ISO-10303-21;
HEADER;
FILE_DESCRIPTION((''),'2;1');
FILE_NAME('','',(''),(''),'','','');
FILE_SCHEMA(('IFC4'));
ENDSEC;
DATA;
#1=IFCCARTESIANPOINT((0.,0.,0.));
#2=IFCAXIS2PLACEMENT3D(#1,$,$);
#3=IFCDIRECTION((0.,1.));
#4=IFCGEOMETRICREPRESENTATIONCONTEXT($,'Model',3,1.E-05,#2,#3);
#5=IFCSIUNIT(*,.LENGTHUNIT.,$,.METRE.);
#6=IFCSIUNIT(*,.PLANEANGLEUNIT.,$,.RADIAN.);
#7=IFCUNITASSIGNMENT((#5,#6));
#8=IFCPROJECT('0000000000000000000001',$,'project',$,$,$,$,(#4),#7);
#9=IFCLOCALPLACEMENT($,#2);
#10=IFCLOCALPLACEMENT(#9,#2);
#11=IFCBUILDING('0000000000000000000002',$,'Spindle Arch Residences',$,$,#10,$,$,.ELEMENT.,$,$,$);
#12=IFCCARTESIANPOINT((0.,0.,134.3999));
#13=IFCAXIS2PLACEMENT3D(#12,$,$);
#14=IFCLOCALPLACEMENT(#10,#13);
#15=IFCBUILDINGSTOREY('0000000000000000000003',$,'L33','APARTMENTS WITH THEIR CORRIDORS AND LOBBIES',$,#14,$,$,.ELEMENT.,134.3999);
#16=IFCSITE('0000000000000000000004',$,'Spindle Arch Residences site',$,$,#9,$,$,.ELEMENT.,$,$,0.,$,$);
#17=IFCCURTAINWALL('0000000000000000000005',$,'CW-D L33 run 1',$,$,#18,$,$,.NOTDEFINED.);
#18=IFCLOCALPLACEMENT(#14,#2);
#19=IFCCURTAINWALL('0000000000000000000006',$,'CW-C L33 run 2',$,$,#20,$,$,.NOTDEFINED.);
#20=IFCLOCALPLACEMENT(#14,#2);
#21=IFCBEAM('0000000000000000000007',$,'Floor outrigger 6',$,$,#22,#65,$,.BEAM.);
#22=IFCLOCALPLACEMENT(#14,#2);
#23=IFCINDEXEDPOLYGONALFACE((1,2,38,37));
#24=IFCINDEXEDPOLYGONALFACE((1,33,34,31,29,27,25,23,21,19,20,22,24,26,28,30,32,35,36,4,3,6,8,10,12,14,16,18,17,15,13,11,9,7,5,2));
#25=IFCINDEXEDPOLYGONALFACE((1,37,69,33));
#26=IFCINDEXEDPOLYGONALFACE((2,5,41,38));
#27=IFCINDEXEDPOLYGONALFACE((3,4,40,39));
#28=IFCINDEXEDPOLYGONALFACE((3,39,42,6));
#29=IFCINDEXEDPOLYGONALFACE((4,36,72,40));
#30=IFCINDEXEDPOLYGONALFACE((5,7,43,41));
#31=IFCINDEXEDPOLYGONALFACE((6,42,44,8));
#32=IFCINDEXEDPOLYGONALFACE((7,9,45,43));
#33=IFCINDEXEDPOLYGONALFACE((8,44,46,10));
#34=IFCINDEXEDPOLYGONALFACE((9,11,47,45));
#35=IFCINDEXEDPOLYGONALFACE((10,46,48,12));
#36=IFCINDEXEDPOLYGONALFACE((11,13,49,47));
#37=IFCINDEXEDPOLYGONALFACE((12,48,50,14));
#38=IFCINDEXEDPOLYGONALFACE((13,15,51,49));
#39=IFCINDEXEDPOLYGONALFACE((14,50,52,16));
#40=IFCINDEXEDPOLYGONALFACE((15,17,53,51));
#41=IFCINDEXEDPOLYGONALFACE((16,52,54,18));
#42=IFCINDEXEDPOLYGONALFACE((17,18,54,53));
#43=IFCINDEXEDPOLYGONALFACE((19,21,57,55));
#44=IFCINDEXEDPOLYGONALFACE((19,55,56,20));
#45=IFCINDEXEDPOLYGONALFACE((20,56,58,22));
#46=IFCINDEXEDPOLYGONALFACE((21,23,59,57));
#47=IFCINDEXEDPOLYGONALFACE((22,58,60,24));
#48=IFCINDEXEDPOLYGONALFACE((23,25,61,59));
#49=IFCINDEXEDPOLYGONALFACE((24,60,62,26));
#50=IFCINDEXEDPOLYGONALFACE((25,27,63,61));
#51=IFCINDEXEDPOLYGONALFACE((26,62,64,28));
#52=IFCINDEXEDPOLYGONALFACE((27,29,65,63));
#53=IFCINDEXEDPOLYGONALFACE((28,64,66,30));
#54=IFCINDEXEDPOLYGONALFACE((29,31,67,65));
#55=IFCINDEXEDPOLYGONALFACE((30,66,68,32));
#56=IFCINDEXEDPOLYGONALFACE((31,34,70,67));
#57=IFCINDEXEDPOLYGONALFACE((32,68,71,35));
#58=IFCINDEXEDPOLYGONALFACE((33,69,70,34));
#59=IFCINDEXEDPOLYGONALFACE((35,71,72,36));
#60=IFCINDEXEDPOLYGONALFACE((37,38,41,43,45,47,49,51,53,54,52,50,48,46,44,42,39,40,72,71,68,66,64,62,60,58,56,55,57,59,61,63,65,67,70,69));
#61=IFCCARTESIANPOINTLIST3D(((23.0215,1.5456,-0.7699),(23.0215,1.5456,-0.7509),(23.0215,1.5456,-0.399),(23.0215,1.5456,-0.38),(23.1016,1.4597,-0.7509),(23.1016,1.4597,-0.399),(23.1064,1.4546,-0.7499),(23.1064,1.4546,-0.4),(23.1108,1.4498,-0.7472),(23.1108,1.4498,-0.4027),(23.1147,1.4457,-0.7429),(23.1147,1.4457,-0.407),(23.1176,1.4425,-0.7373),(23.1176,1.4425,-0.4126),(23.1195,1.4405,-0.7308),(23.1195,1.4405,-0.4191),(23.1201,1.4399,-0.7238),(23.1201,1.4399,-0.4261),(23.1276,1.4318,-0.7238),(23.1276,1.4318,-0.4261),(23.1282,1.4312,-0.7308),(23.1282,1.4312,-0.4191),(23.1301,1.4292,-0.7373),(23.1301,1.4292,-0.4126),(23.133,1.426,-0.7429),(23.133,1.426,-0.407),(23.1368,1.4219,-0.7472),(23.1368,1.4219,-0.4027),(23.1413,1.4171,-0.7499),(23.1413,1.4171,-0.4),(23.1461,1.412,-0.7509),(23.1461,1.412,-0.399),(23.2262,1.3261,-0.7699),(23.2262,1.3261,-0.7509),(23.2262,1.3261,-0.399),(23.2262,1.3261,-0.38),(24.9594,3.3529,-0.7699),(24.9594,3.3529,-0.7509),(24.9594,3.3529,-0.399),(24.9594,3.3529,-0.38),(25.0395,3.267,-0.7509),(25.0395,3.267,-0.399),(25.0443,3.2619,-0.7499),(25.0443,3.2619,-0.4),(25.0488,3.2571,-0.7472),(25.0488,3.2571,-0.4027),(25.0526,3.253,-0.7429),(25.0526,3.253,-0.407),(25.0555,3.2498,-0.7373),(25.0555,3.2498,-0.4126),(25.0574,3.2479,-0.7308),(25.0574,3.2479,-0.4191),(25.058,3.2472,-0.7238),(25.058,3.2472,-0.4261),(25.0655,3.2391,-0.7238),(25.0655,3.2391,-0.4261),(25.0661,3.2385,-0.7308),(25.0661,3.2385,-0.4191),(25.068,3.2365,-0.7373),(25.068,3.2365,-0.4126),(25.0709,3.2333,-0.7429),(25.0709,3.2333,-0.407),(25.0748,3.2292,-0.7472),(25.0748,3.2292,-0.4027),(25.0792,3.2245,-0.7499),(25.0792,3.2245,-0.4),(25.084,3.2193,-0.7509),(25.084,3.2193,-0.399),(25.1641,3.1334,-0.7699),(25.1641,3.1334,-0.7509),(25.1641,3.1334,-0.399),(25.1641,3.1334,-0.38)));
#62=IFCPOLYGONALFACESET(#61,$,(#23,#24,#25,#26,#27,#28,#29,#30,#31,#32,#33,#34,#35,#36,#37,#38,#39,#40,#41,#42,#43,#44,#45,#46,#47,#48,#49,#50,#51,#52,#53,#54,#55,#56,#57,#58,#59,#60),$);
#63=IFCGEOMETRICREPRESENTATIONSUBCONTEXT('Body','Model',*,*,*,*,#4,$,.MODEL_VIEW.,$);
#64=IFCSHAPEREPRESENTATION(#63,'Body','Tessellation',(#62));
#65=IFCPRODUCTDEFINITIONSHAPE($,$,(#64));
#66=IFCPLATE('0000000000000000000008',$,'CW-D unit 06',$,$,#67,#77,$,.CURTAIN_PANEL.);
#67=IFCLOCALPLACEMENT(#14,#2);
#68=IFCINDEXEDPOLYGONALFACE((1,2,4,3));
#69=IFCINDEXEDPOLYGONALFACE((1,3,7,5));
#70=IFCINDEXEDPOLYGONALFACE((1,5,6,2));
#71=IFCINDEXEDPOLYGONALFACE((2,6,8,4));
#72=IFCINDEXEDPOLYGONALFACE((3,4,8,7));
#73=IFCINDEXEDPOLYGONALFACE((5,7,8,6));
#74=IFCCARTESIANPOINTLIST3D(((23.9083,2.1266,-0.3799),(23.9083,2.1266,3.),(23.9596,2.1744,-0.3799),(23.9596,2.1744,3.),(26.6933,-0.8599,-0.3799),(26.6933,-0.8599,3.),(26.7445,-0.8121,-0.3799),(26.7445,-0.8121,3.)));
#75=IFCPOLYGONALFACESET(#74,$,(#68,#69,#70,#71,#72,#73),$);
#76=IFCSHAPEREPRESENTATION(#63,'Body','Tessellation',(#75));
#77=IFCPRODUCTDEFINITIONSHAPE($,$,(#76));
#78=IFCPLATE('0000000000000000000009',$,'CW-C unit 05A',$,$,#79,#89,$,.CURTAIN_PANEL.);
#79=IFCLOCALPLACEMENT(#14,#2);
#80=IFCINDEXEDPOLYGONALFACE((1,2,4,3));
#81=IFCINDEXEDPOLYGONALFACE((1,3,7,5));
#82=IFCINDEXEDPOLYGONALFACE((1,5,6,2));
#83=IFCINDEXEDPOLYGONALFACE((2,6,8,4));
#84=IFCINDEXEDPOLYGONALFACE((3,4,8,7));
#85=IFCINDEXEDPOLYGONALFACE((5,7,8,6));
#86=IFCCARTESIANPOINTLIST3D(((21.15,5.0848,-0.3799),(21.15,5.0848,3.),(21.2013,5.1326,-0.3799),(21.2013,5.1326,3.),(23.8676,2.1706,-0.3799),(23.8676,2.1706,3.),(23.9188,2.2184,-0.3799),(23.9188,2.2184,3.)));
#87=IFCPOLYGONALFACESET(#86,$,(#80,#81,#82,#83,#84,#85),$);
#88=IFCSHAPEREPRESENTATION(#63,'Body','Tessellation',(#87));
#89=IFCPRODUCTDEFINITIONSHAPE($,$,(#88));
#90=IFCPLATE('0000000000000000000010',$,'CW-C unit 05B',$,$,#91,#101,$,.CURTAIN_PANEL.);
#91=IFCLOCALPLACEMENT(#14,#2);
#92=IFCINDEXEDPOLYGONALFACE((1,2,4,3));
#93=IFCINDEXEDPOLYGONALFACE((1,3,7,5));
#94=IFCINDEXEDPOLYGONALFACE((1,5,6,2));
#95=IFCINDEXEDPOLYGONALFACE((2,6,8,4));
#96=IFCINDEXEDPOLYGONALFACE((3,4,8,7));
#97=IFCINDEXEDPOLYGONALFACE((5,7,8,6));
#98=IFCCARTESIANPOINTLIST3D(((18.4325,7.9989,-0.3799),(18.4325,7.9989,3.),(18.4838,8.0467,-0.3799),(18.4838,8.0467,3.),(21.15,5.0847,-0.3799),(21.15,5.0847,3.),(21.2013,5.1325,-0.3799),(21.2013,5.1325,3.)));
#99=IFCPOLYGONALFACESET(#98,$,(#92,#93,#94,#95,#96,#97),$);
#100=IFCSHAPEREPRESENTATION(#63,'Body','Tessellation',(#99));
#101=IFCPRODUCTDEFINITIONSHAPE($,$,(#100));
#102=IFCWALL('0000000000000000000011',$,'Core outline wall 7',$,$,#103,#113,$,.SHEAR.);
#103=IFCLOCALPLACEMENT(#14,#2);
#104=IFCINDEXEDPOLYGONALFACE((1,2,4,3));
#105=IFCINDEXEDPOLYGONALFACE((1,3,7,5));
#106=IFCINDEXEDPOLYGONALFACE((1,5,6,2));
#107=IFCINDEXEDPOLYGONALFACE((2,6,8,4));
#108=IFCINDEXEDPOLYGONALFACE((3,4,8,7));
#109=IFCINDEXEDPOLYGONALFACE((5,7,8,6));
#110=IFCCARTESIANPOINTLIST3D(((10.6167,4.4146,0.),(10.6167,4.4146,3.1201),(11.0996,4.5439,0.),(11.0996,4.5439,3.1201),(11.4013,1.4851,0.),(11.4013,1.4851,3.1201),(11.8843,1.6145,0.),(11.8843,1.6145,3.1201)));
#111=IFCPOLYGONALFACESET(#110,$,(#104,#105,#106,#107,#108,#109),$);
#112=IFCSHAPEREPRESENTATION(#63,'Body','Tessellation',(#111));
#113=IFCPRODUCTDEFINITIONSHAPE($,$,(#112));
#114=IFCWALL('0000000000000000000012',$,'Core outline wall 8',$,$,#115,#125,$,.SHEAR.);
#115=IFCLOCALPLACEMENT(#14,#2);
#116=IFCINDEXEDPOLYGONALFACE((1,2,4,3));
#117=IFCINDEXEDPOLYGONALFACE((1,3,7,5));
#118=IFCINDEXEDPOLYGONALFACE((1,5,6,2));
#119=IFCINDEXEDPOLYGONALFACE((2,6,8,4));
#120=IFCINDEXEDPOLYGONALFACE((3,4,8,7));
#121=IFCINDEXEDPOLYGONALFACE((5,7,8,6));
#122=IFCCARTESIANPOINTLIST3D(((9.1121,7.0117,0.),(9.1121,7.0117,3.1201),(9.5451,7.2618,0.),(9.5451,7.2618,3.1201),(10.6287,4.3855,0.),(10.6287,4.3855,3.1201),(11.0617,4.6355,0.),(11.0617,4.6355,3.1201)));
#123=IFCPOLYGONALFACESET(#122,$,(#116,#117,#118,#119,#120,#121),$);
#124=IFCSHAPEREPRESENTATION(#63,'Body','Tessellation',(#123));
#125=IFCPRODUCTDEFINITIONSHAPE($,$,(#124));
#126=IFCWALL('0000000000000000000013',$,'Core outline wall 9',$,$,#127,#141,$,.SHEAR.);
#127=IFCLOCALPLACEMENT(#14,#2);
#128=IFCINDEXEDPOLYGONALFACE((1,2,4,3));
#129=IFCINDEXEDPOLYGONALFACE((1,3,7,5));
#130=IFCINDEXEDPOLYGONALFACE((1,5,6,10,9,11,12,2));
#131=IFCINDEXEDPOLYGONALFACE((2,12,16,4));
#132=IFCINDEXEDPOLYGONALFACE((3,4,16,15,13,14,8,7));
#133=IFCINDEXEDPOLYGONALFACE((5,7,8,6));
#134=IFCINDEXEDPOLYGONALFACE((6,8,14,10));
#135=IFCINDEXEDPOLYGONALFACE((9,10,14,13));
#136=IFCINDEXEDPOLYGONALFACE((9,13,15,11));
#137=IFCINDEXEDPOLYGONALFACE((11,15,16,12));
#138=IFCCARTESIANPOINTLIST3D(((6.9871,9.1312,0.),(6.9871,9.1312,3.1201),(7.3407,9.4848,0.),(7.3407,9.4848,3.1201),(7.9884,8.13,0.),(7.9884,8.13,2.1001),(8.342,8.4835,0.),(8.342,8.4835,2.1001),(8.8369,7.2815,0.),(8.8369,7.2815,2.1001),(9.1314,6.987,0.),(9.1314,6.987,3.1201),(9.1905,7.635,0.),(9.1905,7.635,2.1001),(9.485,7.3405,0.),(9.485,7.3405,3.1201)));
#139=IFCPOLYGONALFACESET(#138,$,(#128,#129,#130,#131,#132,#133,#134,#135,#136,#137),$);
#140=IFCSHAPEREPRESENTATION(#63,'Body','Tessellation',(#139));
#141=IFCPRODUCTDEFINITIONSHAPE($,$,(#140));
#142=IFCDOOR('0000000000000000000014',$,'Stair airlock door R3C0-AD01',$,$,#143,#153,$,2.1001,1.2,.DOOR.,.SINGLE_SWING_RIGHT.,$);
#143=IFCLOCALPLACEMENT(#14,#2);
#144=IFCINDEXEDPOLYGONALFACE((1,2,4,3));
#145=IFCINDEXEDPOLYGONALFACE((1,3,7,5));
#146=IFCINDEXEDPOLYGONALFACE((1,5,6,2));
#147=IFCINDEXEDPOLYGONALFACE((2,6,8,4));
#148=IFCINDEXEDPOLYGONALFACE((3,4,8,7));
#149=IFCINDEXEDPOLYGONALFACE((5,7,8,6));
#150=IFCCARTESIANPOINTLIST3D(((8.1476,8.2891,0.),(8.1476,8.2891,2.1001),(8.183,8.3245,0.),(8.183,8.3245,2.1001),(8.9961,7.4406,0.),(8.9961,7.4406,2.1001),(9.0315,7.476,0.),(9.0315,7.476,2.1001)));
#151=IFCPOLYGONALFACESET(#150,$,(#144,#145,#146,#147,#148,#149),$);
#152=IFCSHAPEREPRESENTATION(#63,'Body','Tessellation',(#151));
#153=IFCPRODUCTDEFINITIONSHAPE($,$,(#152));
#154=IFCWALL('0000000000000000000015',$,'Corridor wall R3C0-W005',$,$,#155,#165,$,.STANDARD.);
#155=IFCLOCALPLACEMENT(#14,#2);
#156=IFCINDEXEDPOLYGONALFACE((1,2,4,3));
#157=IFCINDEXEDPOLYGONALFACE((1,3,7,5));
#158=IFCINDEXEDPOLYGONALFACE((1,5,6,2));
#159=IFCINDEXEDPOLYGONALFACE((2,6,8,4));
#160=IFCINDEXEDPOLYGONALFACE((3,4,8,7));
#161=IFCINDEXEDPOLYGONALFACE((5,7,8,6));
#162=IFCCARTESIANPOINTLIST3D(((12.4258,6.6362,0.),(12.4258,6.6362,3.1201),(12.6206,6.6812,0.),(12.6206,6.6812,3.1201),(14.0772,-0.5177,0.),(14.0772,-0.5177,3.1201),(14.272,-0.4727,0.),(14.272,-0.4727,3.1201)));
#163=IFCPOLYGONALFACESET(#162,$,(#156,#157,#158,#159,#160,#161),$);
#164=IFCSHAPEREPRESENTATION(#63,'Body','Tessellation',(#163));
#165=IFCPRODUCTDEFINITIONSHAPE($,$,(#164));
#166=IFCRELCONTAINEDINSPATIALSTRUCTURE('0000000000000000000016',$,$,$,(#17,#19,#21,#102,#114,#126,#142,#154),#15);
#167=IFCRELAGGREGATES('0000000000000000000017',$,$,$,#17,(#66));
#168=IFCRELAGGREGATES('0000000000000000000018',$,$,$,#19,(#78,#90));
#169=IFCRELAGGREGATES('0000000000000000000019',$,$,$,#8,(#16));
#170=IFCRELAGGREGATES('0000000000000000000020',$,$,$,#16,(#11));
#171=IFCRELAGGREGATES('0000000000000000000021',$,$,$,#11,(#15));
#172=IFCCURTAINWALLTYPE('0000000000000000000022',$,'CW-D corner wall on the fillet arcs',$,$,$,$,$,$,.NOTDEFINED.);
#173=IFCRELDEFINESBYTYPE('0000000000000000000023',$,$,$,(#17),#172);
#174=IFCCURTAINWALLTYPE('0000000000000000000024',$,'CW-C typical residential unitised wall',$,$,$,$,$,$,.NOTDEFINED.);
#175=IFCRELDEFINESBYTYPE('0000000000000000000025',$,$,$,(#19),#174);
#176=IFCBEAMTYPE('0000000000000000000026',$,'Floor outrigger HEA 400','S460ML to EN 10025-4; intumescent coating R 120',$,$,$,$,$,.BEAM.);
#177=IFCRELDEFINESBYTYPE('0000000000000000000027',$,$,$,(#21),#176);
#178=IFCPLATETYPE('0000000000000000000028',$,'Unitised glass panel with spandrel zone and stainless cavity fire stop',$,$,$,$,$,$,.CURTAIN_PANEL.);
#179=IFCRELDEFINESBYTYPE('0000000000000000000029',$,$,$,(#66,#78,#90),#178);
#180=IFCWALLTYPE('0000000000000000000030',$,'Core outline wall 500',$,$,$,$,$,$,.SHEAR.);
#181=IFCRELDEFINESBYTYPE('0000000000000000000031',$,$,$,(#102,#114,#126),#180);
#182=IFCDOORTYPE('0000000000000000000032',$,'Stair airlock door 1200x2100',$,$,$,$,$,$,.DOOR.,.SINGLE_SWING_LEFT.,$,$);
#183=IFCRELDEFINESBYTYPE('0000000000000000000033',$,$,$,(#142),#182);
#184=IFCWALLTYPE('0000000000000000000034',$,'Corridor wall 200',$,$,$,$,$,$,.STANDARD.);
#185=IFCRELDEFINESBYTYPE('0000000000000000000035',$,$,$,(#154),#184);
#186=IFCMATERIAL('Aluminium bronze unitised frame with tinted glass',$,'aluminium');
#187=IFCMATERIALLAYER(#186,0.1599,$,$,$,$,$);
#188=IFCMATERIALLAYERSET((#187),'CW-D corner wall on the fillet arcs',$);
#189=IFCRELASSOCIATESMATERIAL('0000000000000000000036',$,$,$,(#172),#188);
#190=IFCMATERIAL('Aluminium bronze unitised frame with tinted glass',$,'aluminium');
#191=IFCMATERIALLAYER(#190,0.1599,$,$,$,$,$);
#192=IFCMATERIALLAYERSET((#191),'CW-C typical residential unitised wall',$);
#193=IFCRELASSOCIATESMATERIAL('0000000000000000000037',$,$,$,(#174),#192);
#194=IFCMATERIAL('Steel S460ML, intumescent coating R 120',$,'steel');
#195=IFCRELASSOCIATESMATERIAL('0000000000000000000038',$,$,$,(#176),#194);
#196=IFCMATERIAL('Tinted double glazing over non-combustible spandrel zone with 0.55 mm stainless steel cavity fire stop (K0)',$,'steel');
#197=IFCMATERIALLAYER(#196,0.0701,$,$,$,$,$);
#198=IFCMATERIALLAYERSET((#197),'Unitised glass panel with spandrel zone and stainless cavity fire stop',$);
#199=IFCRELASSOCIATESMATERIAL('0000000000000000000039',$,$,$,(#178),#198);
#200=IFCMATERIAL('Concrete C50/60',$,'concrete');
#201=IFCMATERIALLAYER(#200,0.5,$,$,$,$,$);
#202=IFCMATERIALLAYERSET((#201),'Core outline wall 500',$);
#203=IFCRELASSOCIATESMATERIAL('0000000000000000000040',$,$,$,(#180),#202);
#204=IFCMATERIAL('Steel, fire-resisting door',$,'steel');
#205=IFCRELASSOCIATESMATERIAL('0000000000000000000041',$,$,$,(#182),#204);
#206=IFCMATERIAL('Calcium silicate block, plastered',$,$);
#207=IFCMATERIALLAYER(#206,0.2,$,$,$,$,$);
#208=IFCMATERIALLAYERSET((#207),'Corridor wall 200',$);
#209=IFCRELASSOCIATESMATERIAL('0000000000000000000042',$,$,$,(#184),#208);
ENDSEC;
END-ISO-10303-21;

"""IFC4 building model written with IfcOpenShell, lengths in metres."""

from ifc_helpers import new_model, si_unit, direction, frame, frame_2d, origin, origin_2d, place, context, subcontext, project, spatial, rectangle, i_section, extrude, material, layer, layer_set, material_profile, profile_set, type_object, element, fill, aggregate, save


model = new_model("IFC4")

# Units and contexts
model_context = context("Model", 3, precision=1e-05, world=origin(), true_north=direction((0.0, 1.0)))
body_context = subcontext(model_context, "Body", "Model", "MODEL_VIEW")
ifc_project = project(units=[si_unit("LENGTHUNIT", "METRE"), si_unit("PLANEANGLEUNIT", "RADIAN")], contexts=[model_context])

# Site, building, storey
site_placement = place(None, origin())
site = spatial("IfcSite", under=ifc_project, at=site_placement, Name="Spindle Arch Residences site", CompositionType="ELEMENT", RefElevation=0.0)
building_placement = place(site_placement, origin())
building = spatial("IfcBuilding", under=site, at=building_placement, Name="Spindle Arch Residences", CompositionType="ELEMENT")
storey_placement = place(building_placement, frame((0.0, 0.0, 134.3999)))
storey = spatial("IfcBuildingStorey", under=building, at=storey_placement, Name="L33", Description="APARTMENTS WITH THEIR CORRIDORS AND LOBBIES", CompositionType="ELEMENT", Elevation=134.3999)

# Curtain walls
ifc_material_1 = material(Name="Aluminium bronze unitised frame with tinted glass", Category="aluminium")
ifc_layer_1 = layer(ifc_material_1, 0.1599)
ifc_layer_set_1 = layer_set([ifc_layer_1], Name="CW-D corner wall on the fillet arcs")
curtain_wall_type_1 = type_object("IfcCurtainWallType", Name="CW-D corner wall on the fillet arcs", PredefinedType="NOTDEFINED", material=ifc_layer_set_1)
curtain_wall_1_placement = place(storey_placement, origin())
curtain_wall_1 = element("IfcCurtainWall", 1, at=curtain_wall_1_placement, inside=storey, type_object=curtain_wall_type_1, Name="CW-D L33 run 1", PredefinedType="NOTDEFINED")
ifc_material_2 = material(Name="Aluminium bronze unitised frame with tinted glass", Category="aluminium")
ifc_layer_2 = layer(ifc_material_2, 0.1599)
ifc_layer_set_2 = layer_set([ifc_layer_2], Name="CW-C typical residential unitised wall")
curtain_wall_type_2 = type_object("IfcCurtainWallType", Name="CW-C typical residential unitised wall", PredefinedType="NOTDEFINED", material=ifc_layer_set_2)
curtain_wall_2_placement = place(storey_placement, origin())
curtain_wall_2 = element("IfcCurtainWall", 2, at=curtain_wall_2_placement, inside=storey, type_object=curtain_wall_type_2, Name="CW-C L33 run 2", PredefinedType="NOTDEFINED")

# Beam
ifc_material_3 = material(Name="Steel S460ML, intumescent coating R 120", Category="steel")
ifc_material_profile_1 = material_profile(ifc_material_3, i_section(OverallWidth=0.3, OverallDepth=0.3899, WebThickness=0.011, FlangeThickness=0.019, FilletRadius=0.0271, at=origin_2d()), Name="HEA 400")
ifc_profile_set_1 = profile_set([ifc_material_profile_1], Name="Steel S460ML, intumescent coating R 120")
beam_type_1 = type_object("IfcBeamType", Name="Floor outrigger HEA 400", Description="S460ML to EN 10025-4; intumescent coating R 120", PredefinedType="BEAM", material=ifc_profile_set_1)
beam_1_placement = place(storey_placement, frame((25.0618, 3.2432, -0.575), z_axis=(-0.731322, -0.682033, 0.0), x_axis=(0.682033, -0.731322, 0.0)))
element("IfcBeam", 3, at=beam_1_placement, inside=storey, type_object=beam_type_1, Name="Floor outrigger 6", PredefinedType="BEAM", context=body_context, shape_type="SweptSolid", body=[
    extrude(i_section(OverallWidth=0.3, OverallDepth=0.3899, WebThickness=0.011, FlangeThickness=0.019, FilletRadius=0.0271, at=origin_2d()), origin(), (0.0, 0.0, 1.0), 2.6499),
])

# Plates
ifc_material_4 = material(Name="Tinted double glazing over non-combustible spandrel zone with 0.55 mm stainless steel cavity fire stop (K0)", Category="steel")
ifc_layer_3 = layer(ifc_material_4, 0.0701)
ifc_layer_set_3 = layer_set([ifc_layer_3], Name="Unitised glass panel with spandrel zone and stainless cavity fire stop")
plate_type = type_object("IfcPlateType", Name="Unitised glass panel with spandrel zone and stainless cavity fire stop", PredefinedType="CURTAIN_PANEL", material=ifc_layer_set_3)
plate_1_placement = place(storey_placement, frame((25.3264, 0.6572, -0.3799), z_axis=(0.0, 0.0, 1.0), x_axis=(-0.681998, 0.731354, 0.0)))
plate_1 = element("IfcPlate", 4, at=plate_1_placement, type_object=plate_type, Name="CW-D unit 06", PredefinedType="CURTAIN_PANEL", context=body_context, shape_type="SweptSolid", body=[
    extrude(rectangle(XDim=4.0835, YDim=0.0701, at=origin_2d()), origin(), (0.0, 0.0, 1.0), 3.3799),
])
aggregate(curtain_wall_1, [plate_1])
plate_2_placement = place(storey_placement, frame((22.5344, 3.6516, -0.3799), z_axis=(0.0, 0.0, 1.0), x_axis=(-0.681998, 0.731354, 0.0)))
plate_2 = element("IfcPlate", 5, at=plate_2_placement, type_object=plate_type, Name="CW-C unit 05A", PredefinedType="CURTAIN_PANEL", context=body_context, shape_type="SweptSolid", body=[
    extrude(rectangle(XDim=3.9846, YDim=0.0701, at=origin_2d()), origin(), (0.0, 0.0, 1.0), 3.3799),
])
plate_3_placement = place(storey_placement, frame((19.8169, 6.5657, -0.3799), z_axis=(0.0, 0.0, 1.0), x_axis=(-0.681998, 0.731354, 0.0)))
plate_3 = element("IfcPlate", 6, at=plate_3_placement, type_object=plate_type, Name="CW-C unit 05B", PredefinedType="CURTAIN_PANEL", context=body_context, shape_type="SweptSolid", body=[
    extrude(rectangle(XDim=3.9846, YDim=0.0701, at=origin_2d()), origin(), (0.0, 0.0, 1.0), 3.3799),
])
aggregate(curtain_wall_2, [plate_2, plate_3])

# Walls
ifc_material_5 = material(Name="Concrete C50/60", Category="concrete")
ifc_layer_4 = layer(ifc_material_5, 0.5)
ifc_layer_set_4 = layer_set([ifc_layer_4], Name="Core outline wall 500")
wall_type_1 = type_object("IfcWallType", Name="Core outline wall 500", PredefinedType="SHEAR", material=ifc_layer_set_4)
for number, where, z_axis, x_axis, name in (
    (7, (11.6428, 1.5498, 0.0), (0.0, 0.0, 1.0), (-0.258735, 0.965948, 0.0), "Core outline wall 7"),
    (8, (10.8452, 4.5105, 0.0), (0.0, 0.0, 1.0), (-0.500087, 0.865975, 0.0), "Core outline wall 8"),
):
    element("IfcWall", number, at=place(storey_placement, frame(where, z_axis=z_axis, x_axis=x_axis)), inside=storey, type_object=wall_type_1, Name=name, PredefinedType="SHEAR", context=body_context, shape_type="SweptSolid", body=[
        extrude(rectangle(XDim=3.0327, YDim=0.5, at=frame_2d((1.5164, 0.0))), origin(), (0.0, 0.0, 1.0), 3.1201),
    ])

# Wall, opening, door
wall_1_placement = place(storey_placement, frame((9.3081, 7.1638, 0.0), z_axis=(0.0, 0.0, 1.0), x_axis=(-0.707107, 0.707107, 0.0)))
wall_1 = element("IfcWall", 9, at=wall_1_placement, inside=storey, type_object=wall_type_1, Name="Core outline wall 9", PredefinedType="SHEAR", context=body_context, shape_type="SweptSolid", body=[
    extrude(rectangle(XDim=3.0325, YDim=0.5, at=frame_2d((1.5161, 0.0))), origin(), (0.0, 0.0, 1.0), 3.1201),
])
opening_1_placement = place(wall_1_placement, frame((0.4163, 0.0, 0.0)))
opening_1 = element("IfcOpeningElement", 10, at=opening_1_placement, cuts=wall_1, PredefinedType="OPENING", context=body_context, shape_type="SweptSolid", body=[
    extrude(rectangle(XDim=1.2, YDim=2.1001, at=frame_2d((0.6001, 1.05))), frame((0.0, 0.26, 0.0), z_axis=(0.0, -1.0, 0.0), x_axis=(1.0, 0.0, 0.0)), (0.0, 0.0, 1.0), 0.52),
])
ifc_material_6 = material(Name="Steel, fire-resisting door", Category="steel")
door_type_1 = type_object("IfcDoorType", Name="Stair airlock door 1200x2100", OperationType="SINGLE_SWING_LEFT", PredefinedType="DOOR", material=ifc_material_6)
door_1_placement = place(opening_1_placement, origin())
door_1 = element("IfcDoor", 11, at=door_1_placement, inside=storey, type_object=door_type_1, Name="Stair airlock door R3C0-AD01", OperationType="SINGLE_SWING_RIGHT", OverallHeight=2.1001, OverallWidth=1.2, PredefinedType="DOOR", context=body_context, shape_type="SweptSolid", body=[
    extrude(rectangle(XDim=1.2, YDim=2.1001, at=frame_2d((0.6001, 1.05))), frame((0.0, 0.0249, 0.0), z_axis=(0.0, -1.0, 0.0), x_axis=(1.0, 0.0, 0.0)), (0.0, 0.0, 1.0), 0.05),
])
fill(opening_1, door_1)

# Wall
ifc_material_7 = material(Name="Calcium silicate block, plastered")
ifc_layer_5 = layer(ifc_material_7, 0.2)
ifc_layer_set_5 = layer_set([ifc_layer_5], Name="Corridor wall 200")
wall_type_2 = type_object("IfcWallType", Name="Corridor wall 200", PredefinedType="STANDARD", material=ifc_layer_set_5)
wall_2_placement = place(storey_placement, frame((14.1746, -0.4951, 0.0), z_axis=(0.0, 0.0, 1.0), x_axis=(-0.224923, 0.974377, 0.0)))
element("IfcWall", 12, at=wall_2_placement, inside=storey, type_object=wall_type_2, Name="Corridor wall R3C0-W005", PredefinedType="STANDARD", context=body_context, shape_type="SweptSolid", body=[
    extrude(rectangle(XDim=7.342, YDim=0.2, at=frame_2d((3.6709, 0.0))), origin(), (0.0, 0.0, 1.0), 3.1201),
])

save(model, "model.ifc")
